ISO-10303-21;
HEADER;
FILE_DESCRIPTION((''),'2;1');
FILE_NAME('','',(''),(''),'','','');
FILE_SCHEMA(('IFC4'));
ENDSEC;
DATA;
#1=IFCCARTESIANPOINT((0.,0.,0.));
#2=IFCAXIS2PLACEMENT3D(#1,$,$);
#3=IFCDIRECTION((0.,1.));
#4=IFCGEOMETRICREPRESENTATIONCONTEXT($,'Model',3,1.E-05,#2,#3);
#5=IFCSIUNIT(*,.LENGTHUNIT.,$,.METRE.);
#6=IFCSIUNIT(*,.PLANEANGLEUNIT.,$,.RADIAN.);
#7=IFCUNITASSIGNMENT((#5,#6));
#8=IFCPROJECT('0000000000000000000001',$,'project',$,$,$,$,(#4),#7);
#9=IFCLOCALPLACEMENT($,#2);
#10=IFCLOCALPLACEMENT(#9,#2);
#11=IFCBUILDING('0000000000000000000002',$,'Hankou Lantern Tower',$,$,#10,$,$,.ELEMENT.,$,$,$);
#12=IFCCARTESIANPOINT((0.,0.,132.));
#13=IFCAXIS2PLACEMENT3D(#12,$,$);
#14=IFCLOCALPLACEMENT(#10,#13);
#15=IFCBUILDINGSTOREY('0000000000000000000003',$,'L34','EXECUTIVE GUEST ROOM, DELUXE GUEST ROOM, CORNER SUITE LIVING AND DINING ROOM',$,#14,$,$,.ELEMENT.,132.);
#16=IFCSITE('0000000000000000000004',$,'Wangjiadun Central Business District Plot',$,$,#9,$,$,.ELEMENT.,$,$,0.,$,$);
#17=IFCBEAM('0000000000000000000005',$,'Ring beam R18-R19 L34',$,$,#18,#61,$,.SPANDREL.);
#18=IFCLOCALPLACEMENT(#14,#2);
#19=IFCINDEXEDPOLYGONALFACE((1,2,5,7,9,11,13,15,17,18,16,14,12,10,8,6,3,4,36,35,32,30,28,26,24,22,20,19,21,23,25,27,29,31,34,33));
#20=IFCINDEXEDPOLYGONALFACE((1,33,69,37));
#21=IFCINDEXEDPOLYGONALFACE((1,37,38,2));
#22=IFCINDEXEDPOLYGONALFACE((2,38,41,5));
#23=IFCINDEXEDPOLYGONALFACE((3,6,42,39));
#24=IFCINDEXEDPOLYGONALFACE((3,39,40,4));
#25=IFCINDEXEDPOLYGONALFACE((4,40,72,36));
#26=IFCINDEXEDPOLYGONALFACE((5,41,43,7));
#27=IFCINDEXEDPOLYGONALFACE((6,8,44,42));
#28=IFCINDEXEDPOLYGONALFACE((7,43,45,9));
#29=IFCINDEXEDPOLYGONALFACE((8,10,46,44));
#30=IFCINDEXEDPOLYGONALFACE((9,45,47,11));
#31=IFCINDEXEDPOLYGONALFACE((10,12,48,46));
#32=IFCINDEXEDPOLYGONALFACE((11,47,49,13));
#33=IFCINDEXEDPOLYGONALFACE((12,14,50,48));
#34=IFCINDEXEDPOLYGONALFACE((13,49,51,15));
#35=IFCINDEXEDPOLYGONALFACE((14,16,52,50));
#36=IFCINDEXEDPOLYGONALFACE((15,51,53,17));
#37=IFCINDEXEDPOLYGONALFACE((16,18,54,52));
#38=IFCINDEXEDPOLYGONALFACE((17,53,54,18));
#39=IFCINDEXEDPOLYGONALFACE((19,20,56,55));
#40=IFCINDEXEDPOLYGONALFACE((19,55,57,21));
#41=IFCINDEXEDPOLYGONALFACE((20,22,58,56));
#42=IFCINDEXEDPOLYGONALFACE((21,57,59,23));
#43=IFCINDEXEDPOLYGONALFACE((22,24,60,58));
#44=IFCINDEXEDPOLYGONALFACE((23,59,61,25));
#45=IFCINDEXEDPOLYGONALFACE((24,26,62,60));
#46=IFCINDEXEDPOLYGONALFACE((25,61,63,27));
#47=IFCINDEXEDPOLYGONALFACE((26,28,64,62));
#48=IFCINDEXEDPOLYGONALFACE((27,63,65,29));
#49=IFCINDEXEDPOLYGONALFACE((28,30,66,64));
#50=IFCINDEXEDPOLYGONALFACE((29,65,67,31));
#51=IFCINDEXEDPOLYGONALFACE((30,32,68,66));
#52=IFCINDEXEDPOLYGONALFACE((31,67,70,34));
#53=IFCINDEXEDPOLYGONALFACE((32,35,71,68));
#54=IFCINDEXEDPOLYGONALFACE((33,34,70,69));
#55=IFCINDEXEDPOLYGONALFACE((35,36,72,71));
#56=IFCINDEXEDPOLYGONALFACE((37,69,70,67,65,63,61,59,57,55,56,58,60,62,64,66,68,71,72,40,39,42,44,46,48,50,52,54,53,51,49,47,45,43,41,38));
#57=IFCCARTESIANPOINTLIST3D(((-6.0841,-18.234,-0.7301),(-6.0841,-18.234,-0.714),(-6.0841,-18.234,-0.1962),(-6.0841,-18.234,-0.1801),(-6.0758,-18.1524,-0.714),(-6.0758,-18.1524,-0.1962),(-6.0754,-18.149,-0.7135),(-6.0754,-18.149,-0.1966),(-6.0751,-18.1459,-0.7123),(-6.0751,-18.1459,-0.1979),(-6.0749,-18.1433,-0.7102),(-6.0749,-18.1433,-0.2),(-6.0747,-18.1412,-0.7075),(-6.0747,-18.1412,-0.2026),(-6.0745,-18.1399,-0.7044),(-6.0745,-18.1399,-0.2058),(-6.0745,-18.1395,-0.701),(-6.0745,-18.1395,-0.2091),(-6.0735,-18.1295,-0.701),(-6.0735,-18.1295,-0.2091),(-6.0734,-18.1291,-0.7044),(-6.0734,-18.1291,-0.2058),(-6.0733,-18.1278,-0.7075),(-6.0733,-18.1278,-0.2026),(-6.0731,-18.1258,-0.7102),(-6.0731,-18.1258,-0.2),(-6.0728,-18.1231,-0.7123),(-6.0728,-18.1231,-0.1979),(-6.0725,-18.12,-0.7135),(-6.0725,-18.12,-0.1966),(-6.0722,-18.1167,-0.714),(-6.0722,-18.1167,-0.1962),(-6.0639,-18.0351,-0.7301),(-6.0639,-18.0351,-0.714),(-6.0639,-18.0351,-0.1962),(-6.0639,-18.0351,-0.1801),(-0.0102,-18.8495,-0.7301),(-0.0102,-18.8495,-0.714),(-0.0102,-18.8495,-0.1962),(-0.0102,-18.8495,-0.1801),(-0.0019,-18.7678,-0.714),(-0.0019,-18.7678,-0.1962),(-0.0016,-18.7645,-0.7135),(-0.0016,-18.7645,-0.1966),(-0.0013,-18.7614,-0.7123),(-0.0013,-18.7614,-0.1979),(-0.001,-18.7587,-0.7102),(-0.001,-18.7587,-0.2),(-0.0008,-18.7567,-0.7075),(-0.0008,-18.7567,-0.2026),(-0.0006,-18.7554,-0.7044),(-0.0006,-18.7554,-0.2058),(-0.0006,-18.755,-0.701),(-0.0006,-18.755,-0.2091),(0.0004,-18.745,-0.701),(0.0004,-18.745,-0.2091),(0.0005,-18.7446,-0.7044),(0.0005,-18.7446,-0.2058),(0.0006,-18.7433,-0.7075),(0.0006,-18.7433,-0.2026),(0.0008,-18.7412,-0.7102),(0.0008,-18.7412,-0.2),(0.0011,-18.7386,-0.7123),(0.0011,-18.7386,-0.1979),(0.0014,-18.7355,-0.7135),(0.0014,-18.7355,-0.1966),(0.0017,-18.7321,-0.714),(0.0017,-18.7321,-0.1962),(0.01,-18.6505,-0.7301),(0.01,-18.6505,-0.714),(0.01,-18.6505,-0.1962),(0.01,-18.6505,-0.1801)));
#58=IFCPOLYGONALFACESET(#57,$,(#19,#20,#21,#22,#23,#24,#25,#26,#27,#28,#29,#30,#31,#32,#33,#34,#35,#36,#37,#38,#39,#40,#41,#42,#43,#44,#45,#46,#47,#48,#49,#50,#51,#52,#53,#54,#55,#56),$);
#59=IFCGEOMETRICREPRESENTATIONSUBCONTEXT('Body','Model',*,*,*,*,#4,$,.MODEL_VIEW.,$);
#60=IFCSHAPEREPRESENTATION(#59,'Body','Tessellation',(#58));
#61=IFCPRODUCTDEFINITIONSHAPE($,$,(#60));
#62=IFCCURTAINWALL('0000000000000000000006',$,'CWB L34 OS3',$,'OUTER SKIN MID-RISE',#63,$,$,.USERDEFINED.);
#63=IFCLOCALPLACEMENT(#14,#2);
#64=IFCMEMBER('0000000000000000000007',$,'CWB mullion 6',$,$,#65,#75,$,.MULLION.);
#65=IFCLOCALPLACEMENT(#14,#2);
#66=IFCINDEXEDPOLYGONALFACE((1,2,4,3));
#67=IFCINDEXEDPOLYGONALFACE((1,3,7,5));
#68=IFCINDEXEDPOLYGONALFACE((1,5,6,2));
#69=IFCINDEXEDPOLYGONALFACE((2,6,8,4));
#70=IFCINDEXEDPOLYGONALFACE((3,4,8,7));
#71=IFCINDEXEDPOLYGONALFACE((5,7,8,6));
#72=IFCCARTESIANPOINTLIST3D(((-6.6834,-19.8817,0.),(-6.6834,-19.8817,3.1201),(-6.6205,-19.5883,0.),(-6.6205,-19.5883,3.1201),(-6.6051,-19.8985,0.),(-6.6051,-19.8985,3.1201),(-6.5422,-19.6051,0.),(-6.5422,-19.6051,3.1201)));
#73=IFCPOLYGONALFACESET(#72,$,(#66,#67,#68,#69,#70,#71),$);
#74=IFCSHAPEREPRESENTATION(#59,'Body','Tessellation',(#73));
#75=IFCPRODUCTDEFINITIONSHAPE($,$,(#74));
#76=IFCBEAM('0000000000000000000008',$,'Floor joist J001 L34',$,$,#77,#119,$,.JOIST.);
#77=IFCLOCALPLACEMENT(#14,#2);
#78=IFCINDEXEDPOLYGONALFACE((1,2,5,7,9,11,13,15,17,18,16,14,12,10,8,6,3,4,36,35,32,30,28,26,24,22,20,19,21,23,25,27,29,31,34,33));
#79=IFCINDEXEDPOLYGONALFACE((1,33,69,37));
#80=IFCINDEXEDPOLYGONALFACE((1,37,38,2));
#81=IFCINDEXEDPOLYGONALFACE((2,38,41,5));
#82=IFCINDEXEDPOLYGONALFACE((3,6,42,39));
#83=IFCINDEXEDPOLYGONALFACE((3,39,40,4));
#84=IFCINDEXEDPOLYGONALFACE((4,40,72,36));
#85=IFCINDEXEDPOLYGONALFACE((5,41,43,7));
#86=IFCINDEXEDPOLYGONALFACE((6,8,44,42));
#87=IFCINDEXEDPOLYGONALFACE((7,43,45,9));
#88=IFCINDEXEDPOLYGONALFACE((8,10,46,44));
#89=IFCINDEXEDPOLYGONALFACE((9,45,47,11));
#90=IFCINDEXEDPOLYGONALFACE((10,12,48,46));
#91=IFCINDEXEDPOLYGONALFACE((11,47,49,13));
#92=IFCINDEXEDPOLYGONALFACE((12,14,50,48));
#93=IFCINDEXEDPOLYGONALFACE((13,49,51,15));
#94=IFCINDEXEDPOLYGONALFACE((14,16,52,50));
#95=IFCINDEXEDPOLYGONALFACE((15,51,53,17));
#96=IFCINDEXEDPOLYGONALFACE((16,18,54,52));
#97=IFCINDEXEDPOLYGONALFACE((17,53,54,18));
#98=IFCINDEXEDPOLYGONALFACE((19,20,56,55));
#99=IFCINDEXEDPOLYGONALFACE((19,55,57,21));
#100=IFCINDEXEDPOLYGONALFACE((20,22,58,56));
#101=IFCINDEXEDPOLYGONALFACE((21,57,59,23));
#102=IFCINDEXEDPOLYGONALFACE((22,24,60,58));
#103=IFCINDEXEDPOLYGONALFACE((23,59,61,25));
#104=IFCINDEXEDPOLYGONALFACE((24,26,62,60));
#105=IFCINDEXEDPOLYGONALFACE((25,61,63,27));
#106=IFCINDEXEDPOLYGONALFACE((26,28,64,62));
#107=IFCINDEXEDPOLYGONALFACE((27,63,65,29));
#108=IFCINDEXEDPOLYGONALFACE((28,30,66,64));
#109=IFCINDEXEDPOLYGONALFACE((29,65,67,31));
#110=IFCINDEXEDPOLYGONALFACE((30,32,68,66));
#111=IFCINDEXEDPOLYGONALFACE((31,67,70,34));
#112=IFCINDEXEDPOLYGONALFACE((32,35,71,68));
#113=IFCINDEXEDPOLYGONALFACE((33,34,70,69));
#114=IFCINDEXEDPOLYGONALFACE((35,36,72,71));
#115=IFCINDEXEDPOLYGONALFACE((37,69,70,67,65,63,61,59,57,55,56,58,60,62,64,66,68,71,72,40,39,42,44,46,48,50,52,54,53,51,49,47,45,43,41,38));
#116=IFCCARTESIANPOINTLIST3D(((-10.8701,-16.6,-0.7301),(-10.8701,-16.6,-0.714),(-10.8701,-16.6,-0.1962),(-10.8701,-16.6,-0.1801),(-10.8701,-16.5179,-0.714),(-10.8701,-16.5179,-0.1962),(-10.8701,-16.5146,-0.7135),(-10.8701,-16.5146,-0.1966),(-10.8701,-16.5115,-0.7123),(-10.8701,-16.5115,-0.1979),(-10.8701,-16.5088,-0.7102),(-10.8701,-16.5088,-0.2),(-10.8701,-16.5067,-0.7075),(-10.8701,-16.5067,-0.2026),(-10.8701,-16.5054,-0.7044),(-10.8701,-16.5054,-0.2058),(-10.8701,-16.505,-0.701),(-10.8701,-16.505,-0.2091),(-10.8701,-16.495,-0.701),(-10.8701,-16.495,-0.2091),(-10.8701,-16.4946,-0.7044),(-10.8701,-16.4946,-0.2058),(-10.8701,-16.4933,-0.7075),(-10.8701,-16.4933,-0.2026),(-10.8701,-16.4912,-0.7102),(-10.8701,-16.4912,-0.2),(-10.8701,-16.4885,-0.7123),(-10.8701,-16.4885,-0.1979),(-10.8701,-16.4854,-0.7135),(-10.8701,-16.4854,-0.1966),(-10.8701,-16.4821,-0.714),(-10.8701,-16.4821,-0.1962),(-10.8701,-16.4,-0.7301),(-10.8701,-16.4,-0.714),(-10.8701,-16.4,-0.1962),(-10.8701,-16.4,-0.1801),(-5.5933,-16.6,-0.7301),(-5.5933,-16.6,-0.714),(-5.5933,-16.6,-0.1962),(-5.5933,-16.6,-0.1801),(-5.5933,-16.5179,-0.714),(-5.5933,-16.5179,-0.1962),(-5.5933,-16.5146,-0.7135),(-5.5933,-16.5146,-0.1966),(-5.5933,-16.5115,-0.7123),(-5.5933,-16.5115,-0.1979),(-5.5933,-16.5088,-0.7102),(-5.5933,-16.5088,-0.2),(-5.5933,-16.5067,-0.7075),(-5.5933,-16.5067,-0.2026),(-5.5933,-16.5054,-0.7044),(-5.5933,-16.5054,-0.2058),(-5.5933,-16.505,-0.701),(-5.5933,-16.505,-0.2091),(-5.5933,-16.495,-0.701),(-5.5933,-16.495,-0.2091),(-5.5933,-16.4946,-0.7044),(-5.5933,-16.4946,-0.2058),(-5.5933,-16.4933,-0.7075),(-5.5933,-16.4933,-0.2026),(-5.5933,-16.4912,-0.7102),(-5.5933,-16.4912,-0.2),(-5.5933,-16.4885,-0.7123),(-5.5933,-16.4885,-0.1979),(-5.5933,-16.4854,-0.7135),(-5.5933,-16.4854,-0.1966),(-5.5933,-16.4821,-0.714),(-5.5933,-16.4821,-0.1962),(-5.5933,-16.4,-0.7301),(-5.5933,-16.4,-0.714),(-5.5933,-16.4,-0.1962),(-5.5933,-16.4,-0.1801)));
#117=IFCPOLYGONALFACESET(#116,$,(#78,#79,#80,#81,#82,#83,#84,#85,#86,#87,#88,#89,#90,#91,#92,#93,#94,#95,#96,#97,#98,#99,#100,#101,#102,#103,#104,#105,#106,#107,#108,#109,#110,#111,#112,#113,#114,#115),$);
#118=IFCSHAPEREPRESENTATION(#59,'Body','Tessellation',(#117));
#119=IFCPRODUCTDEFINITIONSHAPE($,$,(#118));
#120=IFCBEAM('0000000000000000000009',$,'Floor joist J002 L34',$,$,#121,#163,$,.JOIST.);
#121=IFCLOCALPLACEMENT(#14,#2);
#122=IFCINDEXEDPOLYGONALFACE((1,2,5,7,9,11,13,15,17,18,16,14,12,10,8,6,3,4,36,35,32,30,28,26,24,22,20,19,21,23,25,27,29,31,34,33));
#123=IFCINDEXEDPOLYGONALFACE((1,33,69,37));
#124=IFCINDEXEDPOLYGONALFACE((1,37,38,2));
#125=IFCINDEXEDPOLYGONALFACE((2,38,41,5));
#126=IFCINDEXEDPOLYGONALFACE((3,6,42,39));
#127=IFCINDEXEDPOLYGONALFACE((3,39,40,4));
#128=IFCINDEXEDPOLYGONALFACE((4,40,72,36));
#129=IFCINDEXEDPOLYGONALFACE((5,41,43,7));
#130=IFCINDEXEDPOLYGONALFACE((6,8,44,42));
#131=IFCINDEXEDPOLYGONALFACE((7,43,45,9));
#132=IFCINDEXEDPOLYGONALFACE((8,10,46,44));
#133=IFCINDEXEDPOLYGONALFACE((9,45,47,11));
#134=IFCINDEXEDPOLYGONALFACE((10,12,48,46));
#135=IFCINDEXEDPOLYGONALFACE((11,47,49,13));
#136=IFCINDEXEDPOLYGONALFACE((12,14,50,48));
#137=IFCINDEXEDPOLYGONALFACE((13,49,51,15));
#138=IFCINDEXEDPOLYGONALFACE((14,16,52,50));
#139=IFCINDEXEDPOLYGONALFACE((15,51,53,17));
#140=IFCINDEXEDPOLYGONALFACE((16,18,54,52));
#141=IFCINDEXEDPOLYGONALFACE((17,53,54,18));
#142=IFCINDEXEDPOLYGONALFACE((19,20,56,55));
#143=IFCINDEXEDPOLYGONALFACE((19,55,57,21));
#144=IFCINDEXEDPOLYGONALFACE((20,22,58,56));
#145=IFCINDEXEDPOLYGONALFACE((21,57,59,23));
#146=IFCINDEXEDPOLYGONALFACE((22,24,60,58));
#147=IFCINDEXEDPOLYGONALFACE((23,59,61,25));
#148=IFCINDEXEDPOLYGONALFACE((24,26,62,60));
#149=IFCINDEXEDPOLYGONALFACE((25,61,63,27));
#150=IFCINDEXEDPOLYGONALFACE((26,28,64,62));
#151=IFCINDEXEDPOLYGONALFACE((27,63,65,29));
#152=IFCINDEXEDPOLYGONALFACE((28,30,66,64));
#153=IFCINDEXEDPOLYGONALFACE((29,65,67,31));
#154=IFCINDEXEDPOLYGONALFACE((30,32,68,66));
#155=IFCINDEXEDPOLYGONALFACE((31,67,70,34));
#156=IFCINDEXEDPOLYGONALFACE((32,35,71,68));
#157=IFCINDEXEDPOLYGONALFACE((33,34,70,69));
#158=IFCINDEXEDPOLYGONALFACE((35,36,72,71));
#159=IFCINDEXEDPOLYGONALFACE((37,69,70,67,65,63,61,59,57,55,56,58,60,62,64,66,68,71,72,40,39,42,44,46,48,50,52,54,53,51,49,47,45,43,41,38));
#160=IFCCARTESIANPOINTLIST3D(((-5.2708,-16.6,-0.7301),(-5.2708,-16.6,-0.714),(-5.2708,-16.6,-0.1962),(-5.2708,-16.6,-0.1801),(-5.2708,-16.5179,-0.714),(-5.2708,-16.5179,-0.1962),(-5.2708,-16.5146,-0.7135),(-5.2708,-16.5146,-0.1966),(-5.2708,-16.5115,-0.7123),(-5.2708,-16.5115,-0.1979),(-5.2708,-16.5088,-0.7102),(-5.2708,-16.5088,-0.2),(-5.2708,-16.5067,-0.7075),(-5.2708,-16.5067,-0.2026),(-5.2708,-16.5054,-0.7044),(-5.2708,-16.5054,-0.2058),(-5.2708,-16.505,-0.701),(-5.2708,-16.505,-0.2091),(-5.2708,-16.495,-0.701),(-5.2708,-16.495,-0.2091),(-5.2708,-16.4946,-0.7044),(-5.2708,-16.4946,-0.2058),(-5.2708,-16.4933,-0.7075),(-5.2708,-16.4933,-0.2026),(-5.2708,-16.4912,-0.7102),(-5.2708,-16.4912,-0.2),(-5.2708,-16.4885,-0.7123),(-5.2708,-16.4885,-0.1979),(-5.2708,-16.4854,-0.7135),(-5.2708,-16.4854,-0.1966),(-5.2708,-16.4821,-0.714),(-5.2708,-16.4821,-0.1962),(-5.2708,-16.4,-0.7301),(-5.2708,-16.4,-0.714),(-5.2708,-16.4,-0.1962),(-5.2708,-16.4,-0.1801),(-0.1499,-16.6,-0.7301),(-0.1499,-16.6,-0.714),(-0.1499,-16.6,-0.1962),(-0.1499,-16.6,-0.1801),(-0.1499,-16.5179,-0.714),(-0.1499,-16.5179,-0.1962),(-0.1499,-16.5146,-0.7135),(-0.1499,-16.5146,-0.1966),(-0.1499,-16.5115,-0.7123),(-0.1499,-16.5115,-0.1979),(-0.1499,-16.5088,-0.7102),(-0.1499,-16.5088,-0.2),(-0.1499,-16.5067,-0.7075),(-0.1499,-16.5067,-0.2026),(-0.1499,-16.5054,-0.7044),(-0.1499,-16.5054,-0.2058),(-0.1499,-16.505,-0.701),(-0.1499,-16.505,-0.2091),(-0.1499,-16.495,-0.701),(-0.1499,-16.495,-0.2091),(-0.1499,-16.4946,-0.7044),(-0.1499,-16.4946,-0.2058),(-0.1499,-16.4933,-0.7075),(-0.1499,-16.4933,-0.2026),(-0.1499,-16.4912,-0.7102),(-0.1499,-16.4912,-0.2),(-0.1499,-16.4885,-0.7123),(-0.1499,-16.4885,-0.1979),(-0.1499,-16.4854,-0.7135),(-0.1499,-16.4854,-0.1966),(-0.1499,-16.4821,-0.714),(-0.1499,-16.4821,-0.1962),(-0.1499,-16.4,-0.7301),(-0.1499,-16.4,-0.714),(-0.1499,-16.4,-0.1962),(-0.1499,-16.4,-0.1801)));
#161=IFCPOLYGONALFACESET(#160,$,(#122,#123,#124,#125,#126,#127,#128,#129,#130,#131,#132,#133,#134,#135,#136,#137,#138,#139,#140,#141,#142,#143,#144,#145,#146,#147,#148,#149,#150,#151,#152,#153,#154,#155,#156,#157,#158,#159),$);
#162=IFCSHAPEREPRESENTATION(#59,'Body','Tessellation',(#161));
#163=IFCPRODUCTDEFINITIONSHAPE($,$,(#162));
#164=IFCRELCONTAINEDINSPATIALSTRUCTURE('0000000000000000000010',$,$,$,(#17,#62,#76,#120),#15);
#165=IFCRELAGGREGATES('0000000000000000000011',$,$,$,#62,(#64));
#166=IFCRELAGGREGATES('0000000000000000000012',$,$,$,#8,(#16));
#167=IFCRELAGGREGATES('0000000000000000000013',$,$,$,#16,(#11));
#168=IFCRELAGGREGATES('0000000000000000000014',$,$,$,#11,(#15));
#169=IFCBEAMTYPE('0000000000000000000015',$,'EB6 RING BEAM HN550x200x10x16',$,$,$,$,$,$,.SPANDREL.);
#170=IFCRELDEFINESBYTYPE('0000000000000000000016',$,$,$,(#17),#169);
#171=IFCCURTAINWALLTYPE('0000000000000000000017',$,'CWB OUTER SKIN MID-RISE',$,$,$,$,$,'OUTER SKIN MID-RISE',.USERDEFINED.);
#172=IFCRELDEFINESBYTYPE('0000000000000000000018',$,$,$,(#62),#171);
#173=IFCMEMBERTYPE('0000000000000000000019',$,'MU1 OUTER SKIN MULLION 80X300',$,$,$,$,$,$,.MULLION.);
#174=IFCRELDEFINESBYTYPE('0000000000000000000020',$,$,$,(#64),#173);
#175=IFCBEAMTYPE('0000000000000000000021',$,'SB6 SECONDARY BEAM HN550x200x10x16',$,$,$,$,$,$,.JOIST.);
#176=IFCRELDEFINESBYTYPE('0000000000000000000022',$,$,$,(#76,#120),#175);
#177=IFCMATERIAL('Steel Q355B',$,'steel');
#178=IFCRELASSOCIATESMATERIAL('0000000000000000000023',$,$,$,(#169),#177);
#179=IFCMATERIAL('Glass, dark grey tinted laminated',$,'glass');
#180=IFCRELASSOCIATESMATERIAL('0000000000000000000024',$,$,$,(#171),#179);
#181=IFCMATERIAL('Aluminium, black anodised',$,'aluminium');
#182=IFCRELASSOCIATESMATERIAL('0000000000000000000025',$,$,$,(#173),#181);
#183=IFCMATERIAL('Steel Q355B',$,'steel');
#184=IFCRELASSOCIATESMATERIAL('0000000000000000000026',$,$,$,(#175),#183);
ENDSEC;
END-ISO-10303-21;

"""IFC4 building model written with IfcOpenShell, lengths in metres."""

from ifc_helpers import new_model, si_unit, direction, frame, origin, origin_2d, place, context, subcontext, project, spatial, rectangle, i_section, extrude, material, material_profile, profile_set, type_object, element, aggregate, save


model = new_model("IFC4")

# Units and contexts
model_context = context("Model", 3, precision=1e-05, world=origin(), true_north=direction((0.0, 1.0)))
body_context = subcontext(model_context, "Body", "Model", "MODEL_VIEW")
ifc_project = project(units=[si_unit("LENGTHUNIT", "METRE"), si_unit("PLANEANGLEUNIT", "RADIAN")], contexts=[model_context])

# Site, building, storey
site_placement = place(None, origin())
site = spatial("IfcSite", under=ifc_project, at=site_placement, Name="Wangjiadun Central Business District Plot", CompositionType="ELEMENT", RefElevation=0.0)
building_placement = place(site_placement, origin())
building = spatial("IfcBuilding", under=site, at=building_placement, Name="Hankou Lantern Tower", CompositionType="ELEMENT")
storey_placement = place(building_placement, frame((0.0, 0.0, 132.0)))
storey = spatial("IfcBuildingStorey", under=building, at=storey_placement, Name="L34", Description="EXECUTIVE GUEST ROOM, DELUXE GUEST ROOM, CORNER SUITE LIVING AND DINING ROOM", CompositionType="ELEMENT", Elevation=132.0)

# Beam
ifc_material_1 = material(Name="Steel Q355B", Category="steel")
ifc_material_profile_1 = material_profile(ifc_material_1, i_section(OverallWidth=0.2, OverallDepth=0.55, WebThickness=0.01, FlangeThickness=0.0161, FilletRadius=0.0129, at=origin_2d()), Name="HN550x200x10x16")
ifc_profile_set_1 = profile_set([ifc_material_profile_1], Name="Steel Q355B")
beam_type_1 = type_object("IfcBeamType", Name="EB6 RING BEAM HN550x200x10x16", PredefinedType="SPANDREL", material=ifc_profile_set_1)
beam_1_placement = place(storey_placement, frame((-6.074, -18.1345, -0.4551), z_axis=(0.994905, -0.100814, 0.0), x_axis=(0.100814, 0.994905, 0.0)))
element("IfcBeam", 1, at=beam_1_placement, inside=storey, type_object=beam_type_1, Name="Ring beam R18-R19 L34", PredefinedType="SPANDREL", context=body_context, shape_type="SweptSolid", body=[
    extrude(i_section(OverallWidth=0.2, OverallDepth=0.55, WebThickness=0.01, FlangeThickness=0.0161, FilletRadius=0.0129, at=origin_2d()), origin(), (0.0, 0.0, 1.0), 6.105),
])

# Curtain wall, member
ifc_material_2 = material(Name="Glass, dark grey tinted laminated", Category="glass")
curtain_wall_type = type_object("IfcCurtainWallType", Name="CWB OUTER SKIN MID-RISE", ElementType="OUTER SKIN MID-RISE", PredefinedType="USERDEFINED", material=ifc_material_2)
curtain_wall_placement = place(storey_placement, origin())
curtain_wall = element("IfcCurtainWall", 2, at=curtain_wall_placement, inside=storey, type_object=curtain_wall_type, Name="CWB L34 OS3", ObjectType="OUTER SKIN MID-RISE", PredefinedType="USERDEFINED")
ifc_material_3 = material(Name="Aluminium, black anodised", Category="aluminium")
ifc_material_profile_2 = material_profile(ifc_material_3, rectangle(XDim=0.0801, YDim=0.3, at=origin_2d()), Name="MU1 80X300")
ifc_profile_set_2 = profile_set([ifc_material_profile_2], Name="Aluminium, black anodised")
member_type_1 = type_object("IfcMemberType", Name="MU1 OUTER SKIN MULLION 80X300", PredefinedType="MULLION", material=ifc_profile_set_2)
member_1_placement = place(storey_placement, frame((-6.6128, -19.7434, 0.0), z_axis=(0.0, 0.0, 1.0), x_axis=(0.977788, -0.209598, 0.0)))
member_1 = element("IfcMember", 3, at=member_1_placement, type_object=member_type_1, Name="CWB mullion 6", PredefinedType="MULLION", context=body_context, shape_type="SweptSolid", body=[
    extrude(rectangle(XDim=0.0801, YDim=0.3, at=origin_2d()), origin(), (0.0, 0.0, 1.0), 3.1201),
])

# Beams
ifc_material_4 = material(Name="Steel Q355B", Category="steel")
ifc_material_profile_3 = material_profile(ifc_material_4, i_section(OverallWidth=0.2, OverallDepth=0.55, WebThickness=0.01, FlangeThickness=0.0161, FilletRadius=0.0129, at=origin_2d()), Name="HN550x200x10x16")
ifc_profile_set_3 = profile_set([ifc_material_profile_3], Name="Steel Q355B")
beam_type_2 = type_object("IfcBeamType", Name="SB6 SECONDARY BEAM HN550x200x10x16", PredefinedType="JOIST", material=ifc_profile_set_3)
beam_2_placement = place(storey_placement, frame((-10.8701, -16.5, -0.4551), z_axis=(1.0, 0.0, 0.0), x_axis=(0.0, 1.0, 0.0)))
element("IfcBeam", 4, at=beam_2_placement, inside=storey, type_object=beam_type_2, Name="Floor joist J001 L34", PredefinedType="JOIST", context=body_context, shape_type="SweptSolid", body=[
    extrude(i_section(OverallWidth=0.2, OverallDepth=0.55, WebThickness=0.01, FlangeThickness=0.0161, FilletRadius=0.0129, at=origin_2d()), origin(), (0.0, 0.0, 1.0), 5.2769),
])
beam_3_placement = place(storey_placement, frame((-5.2708, -16.5, -0.4551), z_axis=(1.0, 0.0, 0.0), x_axis=(0.0, 1.0, 0.0)))
element("IfcBeam", 5, at=beam_3_placement, inside=storey, type_object=beam_type_2, Name="Floor joist J002 L34", PredefinedType="JOIST", context=body_context, shape_type="SweptSolid", body=[
    extrude(i_section(OverallWidth=0.2, OverallDepth=0.55, WebThickness=0.01, FlangeThickness=0.0161, FilletRadius=0.0129, at=origin_2d()), origin(), (0.0, 0.0, 1.0), 5.1208),
])

aggregate(curtain_wall, [member_1])

save(model, "model.ifc")
